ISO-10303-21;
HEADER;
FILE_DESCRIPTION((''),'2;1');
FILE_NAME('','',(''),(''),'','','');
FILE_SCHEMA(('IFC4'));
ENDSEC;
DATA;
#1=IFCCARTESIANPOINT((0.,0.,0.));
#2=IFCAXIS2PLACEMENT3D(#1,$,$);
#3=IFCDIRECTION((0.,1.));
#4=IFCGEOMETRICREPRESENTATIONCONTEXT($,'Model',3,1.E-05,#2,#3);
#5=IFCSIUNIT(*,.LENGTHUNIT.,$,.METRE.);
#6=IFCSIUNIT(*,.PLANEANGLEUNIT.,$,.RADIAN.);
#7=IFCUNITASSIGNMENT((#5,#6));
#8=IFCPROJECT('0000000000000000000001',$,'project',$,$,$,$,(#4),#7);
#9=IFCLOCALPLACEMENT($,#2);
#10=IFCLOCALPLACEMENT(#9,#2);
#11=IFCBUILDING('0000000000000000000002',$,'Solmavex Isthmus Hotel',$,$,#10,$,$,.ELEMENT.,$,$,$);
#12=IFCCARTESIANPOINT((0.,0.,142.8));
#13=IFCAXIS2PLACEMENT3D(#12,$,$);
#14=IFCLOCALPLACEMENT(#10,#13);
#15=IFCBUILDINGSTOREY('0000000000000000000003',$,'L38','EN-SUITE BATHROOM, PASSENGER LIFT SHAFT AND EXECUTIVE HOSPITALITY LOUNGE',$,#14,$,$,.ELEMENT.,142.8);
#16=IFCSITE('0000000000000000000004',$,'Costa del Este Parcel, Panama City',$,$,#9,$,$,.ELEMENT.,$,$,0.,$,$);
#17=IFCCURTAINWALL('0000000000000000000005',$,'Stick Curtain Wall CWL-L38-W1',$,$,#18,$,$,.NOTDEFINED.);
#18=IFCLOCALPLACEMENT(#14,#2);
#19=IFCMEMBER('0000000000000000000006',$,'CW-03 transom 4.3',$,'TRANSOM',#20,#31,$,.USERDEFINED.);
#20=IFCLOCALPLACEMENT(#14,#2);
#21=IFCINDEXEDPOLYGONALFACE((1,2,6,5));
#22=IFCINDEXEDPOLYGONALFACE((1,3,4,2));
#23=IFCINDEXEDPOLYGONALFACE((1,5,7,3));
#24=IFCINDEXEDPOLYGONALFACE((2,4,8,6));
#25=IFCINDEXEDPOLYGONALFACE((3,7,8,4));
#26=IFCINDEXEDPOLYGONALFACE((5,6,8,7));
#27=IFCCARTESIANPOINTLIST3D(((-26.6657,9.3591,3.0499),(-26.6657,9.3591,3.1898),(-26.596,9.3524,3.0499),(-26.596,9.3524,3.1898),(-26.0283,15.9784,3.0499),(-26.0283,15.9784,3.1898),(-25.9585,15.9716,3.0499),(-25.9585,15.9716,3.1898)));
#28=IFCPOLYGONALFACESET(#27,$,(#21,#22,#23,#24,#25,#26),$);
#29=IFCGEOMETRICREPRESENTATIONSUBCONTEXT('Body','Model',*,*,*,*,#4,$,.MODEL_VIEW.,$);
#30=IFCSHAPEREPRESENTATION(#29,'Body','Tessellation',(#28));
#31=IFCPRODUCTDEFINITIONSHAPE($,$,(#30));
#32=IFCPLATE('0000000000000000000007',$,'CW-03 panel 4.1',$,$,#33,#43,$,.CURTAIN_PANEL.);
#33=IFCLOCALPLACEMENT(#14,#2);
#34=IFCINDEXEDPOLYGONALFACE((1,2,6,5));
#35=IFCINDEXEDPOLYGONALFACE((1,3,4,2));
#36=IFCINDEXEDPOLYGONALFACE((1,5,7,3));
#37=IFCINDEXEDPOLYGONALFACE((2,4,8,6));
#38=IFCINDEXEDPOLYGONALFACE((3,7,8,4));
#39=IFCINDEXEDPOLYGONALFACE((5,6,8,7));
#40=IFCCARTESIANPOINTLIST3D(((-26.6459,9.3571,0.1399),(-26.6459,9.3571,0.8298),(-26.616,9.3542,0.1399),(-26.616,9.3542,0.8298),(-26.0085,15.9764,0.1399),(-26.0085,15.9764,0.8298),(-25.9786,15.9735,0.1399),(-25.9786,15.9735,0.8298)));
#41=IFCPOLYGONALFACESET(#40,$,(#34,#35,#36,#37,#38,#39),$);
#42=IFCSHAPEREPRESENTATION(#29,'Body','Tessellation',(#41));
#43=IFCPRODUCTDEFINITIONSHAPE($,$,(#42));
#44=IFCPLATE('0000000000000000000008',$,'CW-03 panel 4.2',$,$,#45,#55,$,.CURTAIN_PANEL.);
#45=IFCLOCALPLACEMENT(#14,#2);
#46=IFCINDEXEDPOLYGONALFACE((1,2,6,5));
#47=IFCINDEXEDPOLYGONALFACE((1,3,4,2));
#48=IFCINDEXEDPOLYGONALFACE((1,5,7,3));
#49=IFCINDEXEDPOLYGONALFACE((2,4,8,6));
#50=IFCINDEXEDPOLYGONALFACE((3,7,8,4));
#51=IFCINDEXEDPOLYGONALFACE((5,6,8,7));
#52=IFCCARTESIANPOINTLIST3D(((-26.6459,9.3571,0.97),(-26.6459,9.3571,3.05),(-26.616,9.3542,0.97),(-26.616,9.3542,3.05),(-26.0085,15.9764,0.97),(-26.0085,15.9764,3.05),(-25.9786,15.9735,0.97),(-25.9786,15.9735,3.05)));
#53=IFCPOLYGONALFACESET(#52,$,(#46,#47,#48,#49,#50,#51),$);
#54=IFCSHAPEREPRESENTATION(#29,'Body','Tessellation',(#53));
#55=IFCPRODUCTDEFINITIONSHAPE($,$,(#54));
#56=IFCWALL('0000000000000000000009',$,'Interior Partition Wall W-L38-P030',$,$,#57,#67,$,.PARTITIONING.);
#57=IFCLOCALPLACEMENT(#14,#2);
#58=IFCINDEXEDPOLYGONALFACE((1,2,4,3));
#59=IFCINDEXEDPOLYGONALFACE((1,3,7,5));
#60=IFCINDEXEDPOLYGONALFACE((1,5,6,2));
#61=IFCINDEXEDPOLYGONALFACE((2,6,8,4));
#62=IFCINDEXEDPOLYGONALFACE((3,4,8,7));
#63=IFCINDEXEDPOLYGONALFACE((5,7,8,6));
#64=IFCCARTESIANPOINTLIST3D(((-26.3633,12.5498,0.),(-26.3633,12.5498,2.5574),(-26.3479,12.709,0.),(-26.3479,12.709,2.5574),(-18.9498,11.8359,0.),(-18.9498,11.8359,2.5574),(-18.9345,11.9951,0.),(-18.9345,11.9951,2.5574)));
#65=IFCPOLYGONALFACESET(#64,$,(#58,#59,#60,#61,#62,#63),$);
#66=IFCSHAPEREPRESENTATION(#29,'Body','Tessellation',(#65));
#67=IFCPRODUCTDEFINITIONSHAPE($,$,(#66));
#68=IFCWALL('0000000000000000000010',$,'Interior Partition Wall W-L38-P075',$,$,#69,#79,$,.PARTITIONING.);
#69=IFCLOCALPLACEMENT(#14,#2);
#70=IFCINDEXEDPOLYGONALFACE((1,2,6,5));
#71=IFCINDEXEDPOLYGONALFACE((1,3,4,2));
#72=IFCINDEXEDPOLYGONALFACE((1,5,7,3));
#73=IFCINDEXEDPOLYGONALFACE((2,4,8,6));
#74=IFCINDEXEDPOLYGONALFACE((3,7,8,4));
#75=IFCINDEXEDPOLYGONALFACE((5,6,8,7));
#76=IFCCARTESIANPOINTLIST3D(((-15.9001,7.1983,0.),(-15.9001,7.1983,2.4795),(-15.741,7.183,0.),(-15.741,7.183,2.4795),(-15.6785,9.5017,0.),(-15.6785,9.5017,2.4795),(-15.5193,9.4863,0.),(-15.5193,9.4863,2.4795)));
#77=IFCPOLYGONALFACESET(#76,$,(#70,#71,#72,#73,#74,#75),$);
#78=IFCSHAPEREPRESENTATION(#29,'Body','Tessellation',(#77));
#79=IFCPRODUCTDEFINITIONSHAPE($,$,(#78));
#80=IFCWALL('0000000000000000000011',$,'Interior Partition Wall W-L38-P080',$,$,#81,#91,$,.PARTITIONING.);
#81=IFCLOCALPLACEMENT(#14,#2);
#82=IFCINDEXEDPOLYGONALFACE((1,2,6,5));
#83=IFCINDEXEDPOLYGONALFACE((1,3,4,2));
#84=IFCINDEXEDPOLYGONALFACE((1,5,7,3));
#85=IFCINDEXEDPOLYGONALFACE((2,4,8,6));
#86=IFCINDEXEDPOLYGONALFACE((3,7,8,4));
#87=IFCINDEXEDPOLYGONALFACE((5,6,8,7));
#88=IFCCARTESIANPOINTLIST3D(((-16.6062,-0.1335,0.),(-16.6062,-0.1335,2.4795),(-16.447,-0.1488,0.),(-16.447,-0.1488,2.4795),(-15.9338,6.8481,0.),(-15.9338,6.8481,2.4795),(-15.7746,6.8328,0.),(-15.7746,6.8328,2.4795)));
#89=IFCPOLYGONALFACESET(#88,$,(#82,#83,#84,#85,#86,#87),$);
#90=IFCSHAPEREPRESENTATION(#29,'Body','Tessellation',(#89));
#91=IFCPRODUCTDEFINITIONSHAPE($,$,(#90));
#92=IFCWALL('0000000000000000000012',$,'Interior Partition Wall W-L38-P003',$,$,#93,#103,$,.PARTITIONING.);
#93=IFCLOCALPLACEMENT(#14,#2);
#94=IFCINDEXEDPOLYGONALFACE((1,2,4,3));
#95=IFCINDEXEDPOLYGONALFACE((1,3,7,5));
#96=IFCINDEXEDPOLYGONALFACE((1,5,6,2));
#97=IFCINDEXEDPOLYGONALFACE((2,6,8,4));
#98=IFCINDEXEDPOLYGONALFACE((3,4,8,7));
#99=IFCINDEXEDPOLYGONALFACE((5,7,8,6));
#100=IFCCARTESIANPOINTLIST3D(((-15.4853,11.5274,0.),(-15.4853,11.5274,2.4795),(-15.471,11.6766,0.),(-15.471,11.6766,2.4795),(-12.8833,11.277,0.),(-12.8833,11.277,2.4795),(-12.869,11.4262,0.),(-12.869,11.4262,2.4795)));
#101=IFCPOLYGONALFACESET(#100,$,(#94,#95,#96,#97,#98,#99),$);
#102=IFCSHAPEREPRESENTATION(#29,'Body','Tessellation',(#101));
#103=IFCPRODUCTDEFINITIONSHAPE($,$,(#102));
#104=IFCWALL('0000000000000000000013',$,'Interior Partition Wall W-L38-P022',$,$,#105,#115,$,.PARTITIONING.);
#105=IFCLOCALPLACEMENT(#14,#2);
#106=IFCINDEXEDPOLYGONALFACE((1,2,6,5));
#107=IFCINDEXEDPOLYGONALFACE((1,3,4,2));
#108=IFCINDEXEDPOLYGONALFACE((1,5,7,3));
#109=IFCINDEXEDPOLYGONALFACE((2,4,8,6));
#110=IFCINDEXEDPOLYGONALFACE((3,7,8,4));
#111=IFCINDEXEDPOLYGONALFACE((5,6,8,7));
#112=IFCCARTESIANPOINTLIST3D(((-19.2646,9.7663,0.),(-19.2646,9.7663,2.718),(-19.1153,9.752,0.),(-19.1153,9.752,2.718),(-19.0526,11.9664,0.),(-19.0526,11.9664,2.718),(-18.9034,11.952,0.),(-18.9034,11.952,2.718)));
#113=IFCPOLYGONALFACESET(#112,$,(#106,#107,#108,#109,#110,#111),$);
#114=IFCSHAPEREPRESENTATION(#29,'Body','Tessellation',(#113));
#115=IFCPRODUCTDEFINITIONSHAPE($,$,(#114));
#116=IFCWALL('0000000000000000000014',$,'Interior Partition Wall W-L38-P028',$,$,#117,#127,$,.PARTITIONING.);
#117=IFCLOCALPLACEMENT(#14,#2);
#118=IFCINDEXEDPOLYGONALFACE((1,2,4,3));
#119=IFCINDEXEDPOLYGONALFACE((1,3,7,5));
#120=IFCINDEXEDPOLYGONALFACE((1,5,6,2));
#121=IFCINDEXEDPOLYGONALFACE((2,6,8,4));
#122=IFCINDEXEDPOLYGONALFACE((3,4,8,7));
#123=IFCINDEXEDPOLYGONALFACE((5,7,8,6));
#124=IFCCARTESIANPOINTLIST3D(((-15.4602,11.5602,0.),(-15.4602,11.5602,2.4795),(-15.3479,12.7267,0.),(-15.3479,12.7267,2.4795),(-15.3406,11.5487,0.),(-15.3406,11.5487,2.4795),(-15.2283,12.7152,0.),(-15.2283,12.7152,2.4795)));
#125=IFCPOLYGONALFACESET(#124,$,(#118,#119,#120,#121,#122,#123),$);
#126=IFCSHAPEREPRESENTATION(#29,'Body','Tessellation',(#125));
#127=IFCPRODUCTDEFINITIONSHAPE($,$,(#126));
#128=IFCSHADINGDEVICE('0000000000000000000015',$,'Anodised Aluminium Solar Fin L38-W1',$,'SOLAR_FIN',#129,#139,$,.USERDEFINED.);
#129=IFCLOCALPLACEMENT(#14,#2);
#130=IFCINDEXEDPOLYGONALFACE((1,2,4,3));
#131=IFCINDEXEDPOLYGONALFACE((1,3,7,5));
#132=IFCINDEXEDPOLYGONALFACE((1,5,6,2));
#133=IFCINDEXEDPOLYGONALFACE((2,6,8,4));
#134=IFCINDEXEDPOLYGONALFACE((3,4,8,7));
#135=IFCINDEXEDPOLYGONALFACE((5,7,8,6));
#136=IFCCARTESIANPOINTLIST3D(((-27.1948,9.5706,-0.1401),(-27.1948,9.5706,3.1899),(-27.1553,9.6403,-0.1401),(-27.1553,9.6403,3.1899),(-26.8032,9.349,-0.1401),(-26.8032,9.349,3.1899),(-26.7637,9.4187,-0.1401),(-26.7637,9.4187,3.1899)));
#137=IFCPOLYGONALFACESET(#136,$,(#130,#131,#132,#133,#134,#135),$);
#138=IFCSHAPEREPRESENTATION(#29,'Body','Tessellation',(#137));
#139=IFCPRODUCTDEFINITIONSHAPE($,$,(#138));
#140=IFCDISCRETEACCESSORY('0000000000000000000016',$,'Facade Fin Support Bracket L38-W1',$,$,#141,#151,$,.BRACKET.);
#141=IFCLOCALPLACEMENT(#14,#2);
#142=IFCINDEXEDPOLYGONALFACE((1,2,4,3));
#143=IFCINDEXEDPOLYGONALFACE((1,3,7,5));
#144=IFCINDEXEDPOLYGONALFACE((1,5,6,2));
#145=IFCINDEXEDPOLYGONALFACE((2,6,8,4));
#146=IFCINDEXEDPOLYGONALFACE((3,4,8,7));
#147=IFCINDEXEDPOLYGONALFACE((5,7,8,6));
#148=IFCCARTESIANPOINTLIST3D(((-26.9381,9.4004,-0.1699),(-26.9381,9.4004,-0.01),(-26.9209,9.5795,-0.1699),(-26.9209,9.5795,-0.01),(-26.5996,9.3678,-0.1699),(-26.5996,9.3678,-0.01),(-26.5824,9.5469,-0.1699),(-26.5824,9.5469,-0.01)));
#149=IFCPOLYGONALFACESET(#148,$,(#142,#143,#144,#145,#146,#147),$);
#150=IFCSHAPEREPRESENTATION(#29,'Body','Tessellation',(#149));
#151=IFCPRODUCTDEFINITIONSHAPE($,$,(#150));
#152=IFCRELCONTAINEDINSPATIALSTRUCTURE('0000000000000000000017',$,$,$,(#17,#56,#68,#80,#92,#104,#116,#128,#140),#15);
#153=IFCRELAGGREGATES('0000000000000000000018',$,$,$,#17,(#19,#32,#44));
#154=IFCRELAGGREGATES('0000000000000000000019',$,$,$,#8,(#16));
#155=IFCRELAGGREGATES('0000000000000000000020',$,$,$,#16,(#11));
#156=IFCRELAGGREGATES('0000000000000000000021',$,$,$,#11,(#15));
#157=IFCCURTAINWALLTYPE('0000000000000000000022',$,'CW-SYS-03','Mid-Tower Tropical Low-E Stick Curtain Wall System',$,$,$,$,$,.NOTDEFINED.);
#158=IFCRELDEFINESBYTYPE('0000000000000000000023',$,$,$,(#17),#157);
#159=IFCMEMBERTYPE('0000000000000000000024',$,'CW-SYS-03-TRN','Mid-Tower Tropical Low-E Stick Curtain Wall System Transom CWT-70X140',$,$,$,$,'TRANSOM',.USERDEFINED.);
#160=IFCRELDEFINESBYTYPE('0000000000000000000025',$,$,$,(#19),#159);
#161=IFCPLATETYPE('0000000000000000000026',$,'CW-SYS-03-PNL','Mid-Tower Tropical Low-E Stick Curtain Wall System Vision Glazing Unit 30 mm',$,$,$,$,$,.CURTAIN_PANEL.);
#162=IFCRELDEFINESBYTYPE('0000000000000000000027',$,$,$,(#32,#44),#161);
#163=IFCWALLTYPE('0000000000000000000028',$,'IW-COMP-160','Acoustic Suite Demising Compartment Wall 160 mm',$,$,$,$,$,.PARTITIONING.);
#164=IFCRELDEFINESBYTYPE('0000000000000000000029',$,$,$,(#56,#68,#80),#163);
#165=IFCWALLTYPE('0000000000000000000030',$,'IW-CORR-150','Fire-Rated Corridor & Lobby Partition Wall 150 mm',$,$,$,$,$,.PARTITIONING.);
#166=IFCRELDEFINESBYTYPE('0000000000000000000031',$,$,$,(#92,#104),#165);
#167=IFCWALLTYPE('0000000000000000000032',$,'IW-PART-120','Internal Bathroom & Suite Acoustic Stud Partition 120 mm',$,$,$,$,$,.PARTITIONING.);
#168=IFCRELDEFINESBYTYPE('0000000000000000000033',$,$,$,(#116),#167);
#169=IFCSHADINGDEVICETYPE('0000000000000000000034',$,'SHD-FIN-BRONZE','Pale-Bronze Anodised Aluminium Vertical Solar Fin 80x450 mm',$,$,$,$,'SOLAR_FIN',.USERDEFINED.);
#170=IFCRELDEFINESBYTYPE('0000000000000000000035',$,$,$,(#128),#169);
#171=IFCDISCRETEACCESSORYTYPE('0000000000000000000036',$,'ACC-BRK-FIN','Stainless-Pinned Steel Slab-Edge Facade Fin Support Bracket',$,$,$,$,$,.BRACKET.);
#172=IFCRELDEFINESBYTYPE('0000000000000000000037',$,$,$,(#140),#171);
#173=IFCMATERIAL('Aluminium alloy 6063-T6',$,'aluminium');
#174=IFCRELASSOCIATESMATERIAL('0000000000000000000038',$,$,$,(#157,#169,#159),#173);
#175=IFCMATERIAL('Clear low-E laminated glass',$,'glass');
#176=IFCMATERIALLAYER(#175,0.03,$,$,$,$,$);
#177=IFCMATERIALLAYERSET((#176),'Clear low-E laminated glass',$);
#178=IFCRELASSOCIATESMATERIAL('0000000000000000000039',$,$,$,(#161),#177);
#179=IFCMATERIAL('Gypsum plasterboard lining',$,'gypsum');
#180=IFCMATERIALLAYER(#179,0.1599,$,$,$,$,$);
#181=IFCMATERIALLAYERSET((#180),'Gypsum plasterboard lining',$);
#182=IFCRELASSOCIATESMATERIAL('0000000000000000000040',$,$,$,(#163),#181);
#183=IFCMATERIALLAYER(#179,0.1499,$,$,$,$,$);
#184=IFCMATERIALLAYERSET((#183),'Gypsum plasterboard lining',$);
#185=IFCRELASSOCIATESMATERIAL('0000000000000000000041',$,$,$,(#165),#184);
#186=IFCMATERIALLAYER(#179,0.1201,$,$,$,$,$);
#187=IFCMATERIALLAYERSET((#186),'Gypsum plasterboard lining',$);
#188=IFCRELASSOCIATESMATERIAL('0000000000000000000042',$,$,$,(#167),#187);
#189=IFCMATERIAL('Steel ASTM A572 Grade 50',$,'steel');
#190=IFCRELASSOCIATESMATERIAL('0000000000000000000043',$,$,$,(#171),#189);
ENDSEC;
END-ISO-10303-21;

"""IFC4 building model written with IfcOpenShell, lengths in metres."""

from ifc_helpers import new_model, si_unit, direction, frame, frame_2d, origin, origin_2d, place, context, subcontext, project, spatial, rectangle, extrude, material, layer, layer_set, material_profile, profile_set, type_object, element, aggregate, save


model = new_model("IFC4")

# Units and contexts
model_context = context("Model", 3, precision=1e-05, world=origin(), true_north=direction((0.0, 1.0)))
body_context = subcontext(model_context, "Body", "Model", "MODEL_VIEW")
ifc_project = project(units=[si_unit("LENGTHUNIT", "METRE"), si_unit("PLANEANGLEUNIT", "RADIAN")], contexts=[model_context])

# Site, building, storey
site_placement = place(None, origin())
site = spatial("IfcSite", under=ifc_project, at=site_placement, Name="Costa del Este Parcel, Panama City", CompositionType="ELEMENT", RefElevation=0.0)
building_placement = place(site_placement, origin())
building = spatial("IfcBuilding", under=site, at=building_placement, Name="Solmavex Isthmus Hotel", CompositionType="ELEMENT")
storey_placement = place(building_placement, frame((0.0, 0.0, 142.8)))
storey = spatial("IfcBuildingStorey", under=building, at=storey_placement, Name="L38", Description="EN-SUITE BATHROOM, PASSENGER LIFT SHAFT AND EXECUTIVE HOSPITALITY LOUNGE", CompositionType="ELEMENT", Elevation=142.8)

# Curtain wall, member, plates
ifc_material_1 = material(Name="Aluminium alloy 6063-T6", Category="aluminium")
curtain_wall_type = type_object("IfcCurtainWallType", Name="CW-SYS-03", Description="Mid-Tower Tropical Low-E Stick Curtain Wall System", PredefinedType="NOTDEFINED", material=ifc_material_1)
curtain_wall_placement = place(storey_placement, origin())
curtain_wall = element("IfcCurtainWall", 1, at=curtain_wall_placement, inside=storey, type_object=curtain_wall_type, Name="Stick Curtain Wall CWL-L38-W1", PredefinedType="NOTDEFINED")
ifc_material_profile_1 = material_profile(ifc_material_1, rectangle(XDim=0.0701, YDim=0.1399, at=origin_2d()), Name="CWT-70X140")
ifc_profile_set_1 = profile_set([ifc_material_profile_1], Name="Aluminium alloy 6063-T6")
member_type_1 = type_object("IfcMemberType", Name="CW-SYS-03-TRN", Description="Mid-Tower Tropical Low-E Stick Curtain Wall System Transom CWT-70X140", ElementType="TRANSOM", PredefinedType="USERDEFINED", material=ifc_profile_set_1)
member_1_placement = place(storey_placement, frame((-26.6309, 9.3557, 3.1199), z_axis=(0.095857, 0.995395, 0.0), x_axis=(-0.995395, 0.095857, 0.0)))
member_1 = element("IfcMember", 2, at=member_1_placement, type_object=member_type_1, Name="CW-03 transom 4.3", ObjectType="TRANSOM", PredefinedType="USERDEFINED", context=body_context, shape_type="SweptSolid", body=[
    extrude(rectangle(XDim=0.0701, YDim=0.1399, at=origin_2d()), origin(), (0.0, 0.0, 1.0), 6.6499),
])
ifc_material_2 = material(Name="Clear low-E laminated glass", Category="glass")
ifc_layer_1 = layer(ifc_material_2, 0.03)
ifc_layer_set_1 = layer_set([ifc_layer_1], Name="Clear low-E laminated glass")
plate_type = type_object("IfcPlateType", Name="CW-SYS-03-PNL", Description="Mid-Tower Tropical Low-E Stick Curtain Wall System Vision Glazing Unit 30 mm", PredefinedType="CURTAIN_PANEL", material=ifc_layer_set_1)
plate_1_placement = place(storey_placement, frame((-26.3123, 12.6653, 0.1399), z_axis=(0.0, 0.0, 1.0), x_axis=(0.095846, 0.995396, 0.0)))
plate_1 = element("IfcPlate", 3, at=plate_1_placement, type_object=plate_type, Name="CW-03 panel 4.1", PredefinedType="CURTAIN_PANEL", context=body_context, shape_type="SweptSolid", body=[
    extrude(rectangle(XDim=6.6499, YDim=0.03, at=origin_2d()), origin(), (0.0, 0.0, 1.0), 0.6899),
])
plate_2_placement = place(storey_placement, frame((-26.3123, 12.6653, 0.97), z_axis=(0.0, 0.0, 1.0), x_axis=(0.095846, 0.995396, 0.0)))
plate_2 = element("IfcPlate", 4, at=plate_2_placement, type_object=plate_type, Name="CW-03 panel 4.2", PredefinedType="CURTAIN_PANEL", context=body_context, shape_type="SweptSolid", body=[
    extrude(rectangle(XDim=6.6499, YDim=0.03, at=origin_2d()), origin(), (0.0, 0.0, 1.0), 2.0801),
])
aggregate(curtain_wall, [member_1, plate_1, plate_2])

# Walls
ifc_material_3 = material(Name="Gypsum plasterboard lining", Category="gypsum")
ifc_layer_2 = layer(ifc_material_3, 0.1599)
ifc_layer_set_2 = layer_set([ifc_layer_2], Name="Gypsum plasterboard lining")
wall_type_1 = type_object("IfcWallType", Name="IW-COMP-160", Description="Acoustic Suite Demising Compartment Wall 160 mm", PredefinedType="PARTITIONING", material=ifc_layer_set_2)
wall_1_placement = place(storey_placement, frame((-18.9421, 11.9155, 0.0), z_axis=(0.0, 0.0, 1.0), x_axis=(-0.995396, 0.095849, 0.0)))
element("IfcWall", 5, at=wall_1_placement, inside=storey, type_object=wall_type_1, Name="Interior Partition Wall W-L38-P030", PredefinedType="PARTITIONING", context=body_context, shape_type="SweptSolid", body=[
    extrude(rectangle(XDim=7.4478, YDim=0.1599, at=frame_2d((3.7239, 0.0))), origin(), (0.0, 0.0, 1.0), 2.5574),
])
wall_2_placement = place(storey_placement, frame((-15.8206, 7.1907, 0.0), z_axis=(0.0, 0.0, 1.0), x_axis=(0.095805, 0.9954, 0.0)))
element("IfcWall", 6, at=wall_2_placement, inside=storey, type_object=wall_type_1, Name="Interior Partition Wall W-L38-P075", PredefinedType="PARTITIONING", context=body_context, shape_type="SweptSolid", body=[
    extrude(rectangle(XDim=2.314, YDim=0.1599, at=frame_2d((1.157, 0.0))), origin(), (0.0, 0.0, 1.0), 2.4795),
])
wall_3_placement = place(storey_placement, frame((-15.8542, 6.8403, 0.0), z_axis=(0.0, 0.0, 1.0), x_axis=(-0.09586, -0.995395, 0.0)))
element("IfcWall", 7, at=wall_3_placement, inside=storey, type_object=wall_type_1, Name="Interior Partition Wall W-L38-P080", PredefinedType="PARTITIONING", context=body_context, shape_type="SweptSolid", body=[
    extrude(rectangle(XDim=7.0139, YDim=0.1599, at=frame_2d((3.5068, 0.0))), origin(), (0.0, 0.0, 1.0), 2.4795),
])

# Shared definitions
ifc_layer_3 = layer(ifc_material_3, 0.1499)
ifc_layer_set_3 = layer_set([ifc_layer_3], Name="Gypsum plasterboard lining")
wall_type_2 = type_object("IfcWallType", Name="IW-CORR-150", Description="Fire-Rated Corridor & Lobby Partition Wall 150 mm", PredefinedType="PARTITIONING", material=ifc_layer_set_3)

# Wall
wall_4_placement = place(storey_placement, frame((-15.4783, 11.6021, 0.0), z_axis=(0.0, 0.0, 1.0), x_axis=(0.995398, -0.095823, 0.0)))
element("IfcWall", 8, at=wall_4_placement, inside=storey, type_object=wall_type_2, Name="Interior Partition Wall W-L38-P003", PredefinedType="PARTITIONING", context=body_context, shape_type="SweptSolid", body=[
    extrude(rectangle(XDim=2.614, YDim=0.1499, at=frame_2d((1.3071, 0.0))), origin(), (0.0, 0.0, 1.0), 2.4795),
])

# Walls
wall_5_placement = place(storey_placement, frame((-19.1899, 9.7593, 0.0), z_axis=(0.0, 0.0, 1.0), x_axis=(0.095883, 0.995393, 0.0)))
element("IfcWall", 9, at=wall_5_placement, inside=storey, type_object=wall_type_2, Name="Interior Partition Wall W-L38-P022", PredefinedType="PARTITIONING", context=body_context, shape_type="SweptSolid", body=[
    extrude(rectangle(XDim=2.2102, YDim=0.1499, at=frame_2d((1.105, 0.0))), origin(), (0.0, 0.0, 1.0), 2.718),
])
ifc_layer_4 = layer(ifc_material_3, 0.1201)
ifc_layer_set_4 = layer_set([ifc_layer_4], Name="Gypsum plasterboard lining")
wall_type_3 = type_object("IfcWallType", Name="IW-PART-120", Description="Internal Bathroom & Suite Acoustic Stud Partition 120 mm", PredefinedType="PARTITIONING", material=ifc_layer_set_4)
wall_6_placement = place(storey_placement, frame((-15.2881, 12.7209, 0.0), z_axis=(0.0, 0.0, 1.0), x_axis=(-0.095831, -0.995398, 0.0)))
element("IfcWall", 10, at=wall_6_placement, inside=storey, type_object=wall_type_3, Name="Interior Partition Wall W-L38-P028", PredefinedType="PARTITIONING", context=body_context, shape_type="SweptSolid", body=[
    extrude(rectangle(XDim=1.1719, YDim=0.1201, at=frame_2d((0.5859, 0.0))), origin(), (0.0, 0.0, 1.0), 2.4795),
])

# Shading device
shading_device_type = type_object("IfcShadingDeviceType", Name="SHD-FIN-BRONZE", Description="Pale-Bronze Anodised Aluminium Vertical Solar Fin 80x450 mm", ElementType="SOLAR_FIN", PredefinedType="USERDEFINED", material=ifc_material_1)
shading_device_placement = place(storey_placement, frame((-26.9792, 9.4946, -0.1401), z_axis=(0.0, 0.0, 1.0), x_axis=(-0.870356, 0.492424, 0.0)))
element("IfcShadingDevice", 11, at=shading_device_placement, inside=storey, type_object=shading_device_type, Name="Anodised Aluminium Solar Fin L38-W1", ObjectType="SOLAR_FIN", PredefinedType="USERDEFINED", context=body_context, shape_type="SweptSolid", body=[
    extrude(rectangle(XDim=0.45, YDim=0.0801, at=origin_2d()), origin(), (0.0, 0.0, 1.0), 3.3301),
])

# Discrete accessory
ifc_material_4 = material(Name="Steel ASTM A572 Grade 50", Category="steel")
discrete_accessory_type = type_object("IfcDiscreteAccessoryType", Name="ACC-BRK-FIN", Description="Stainless-Pinned Steel Slab-Edge Facade Fin Support Bracket", PredefinedType="BRACKET", material=ifc_material_4)
discrete_accessory_placement = place(storey_placement, frame((-26.7603, 9.4736, -0.1699), z_axis=(0.0, 0.0, 1.0), x_axis=(-0.995396, 0.095846, 0.0)))
element("IfcDiscreteAccessory", 12, at=discrete_accessory_placement, inside=storey, type_object=discrete_accessory_type, Name="Facade Fin Support Bracket L38-W1", PredefinedType="BRACKET", context=body_context, shape_type="SweptSolid", body=[
    extrude(rectangle(XDim=0.3401, YDim=0.1799, at=origin_2d()), origin(), (0.0, 0.0, 1.0), 0.1599),
])

save(model, "model.ifc")
